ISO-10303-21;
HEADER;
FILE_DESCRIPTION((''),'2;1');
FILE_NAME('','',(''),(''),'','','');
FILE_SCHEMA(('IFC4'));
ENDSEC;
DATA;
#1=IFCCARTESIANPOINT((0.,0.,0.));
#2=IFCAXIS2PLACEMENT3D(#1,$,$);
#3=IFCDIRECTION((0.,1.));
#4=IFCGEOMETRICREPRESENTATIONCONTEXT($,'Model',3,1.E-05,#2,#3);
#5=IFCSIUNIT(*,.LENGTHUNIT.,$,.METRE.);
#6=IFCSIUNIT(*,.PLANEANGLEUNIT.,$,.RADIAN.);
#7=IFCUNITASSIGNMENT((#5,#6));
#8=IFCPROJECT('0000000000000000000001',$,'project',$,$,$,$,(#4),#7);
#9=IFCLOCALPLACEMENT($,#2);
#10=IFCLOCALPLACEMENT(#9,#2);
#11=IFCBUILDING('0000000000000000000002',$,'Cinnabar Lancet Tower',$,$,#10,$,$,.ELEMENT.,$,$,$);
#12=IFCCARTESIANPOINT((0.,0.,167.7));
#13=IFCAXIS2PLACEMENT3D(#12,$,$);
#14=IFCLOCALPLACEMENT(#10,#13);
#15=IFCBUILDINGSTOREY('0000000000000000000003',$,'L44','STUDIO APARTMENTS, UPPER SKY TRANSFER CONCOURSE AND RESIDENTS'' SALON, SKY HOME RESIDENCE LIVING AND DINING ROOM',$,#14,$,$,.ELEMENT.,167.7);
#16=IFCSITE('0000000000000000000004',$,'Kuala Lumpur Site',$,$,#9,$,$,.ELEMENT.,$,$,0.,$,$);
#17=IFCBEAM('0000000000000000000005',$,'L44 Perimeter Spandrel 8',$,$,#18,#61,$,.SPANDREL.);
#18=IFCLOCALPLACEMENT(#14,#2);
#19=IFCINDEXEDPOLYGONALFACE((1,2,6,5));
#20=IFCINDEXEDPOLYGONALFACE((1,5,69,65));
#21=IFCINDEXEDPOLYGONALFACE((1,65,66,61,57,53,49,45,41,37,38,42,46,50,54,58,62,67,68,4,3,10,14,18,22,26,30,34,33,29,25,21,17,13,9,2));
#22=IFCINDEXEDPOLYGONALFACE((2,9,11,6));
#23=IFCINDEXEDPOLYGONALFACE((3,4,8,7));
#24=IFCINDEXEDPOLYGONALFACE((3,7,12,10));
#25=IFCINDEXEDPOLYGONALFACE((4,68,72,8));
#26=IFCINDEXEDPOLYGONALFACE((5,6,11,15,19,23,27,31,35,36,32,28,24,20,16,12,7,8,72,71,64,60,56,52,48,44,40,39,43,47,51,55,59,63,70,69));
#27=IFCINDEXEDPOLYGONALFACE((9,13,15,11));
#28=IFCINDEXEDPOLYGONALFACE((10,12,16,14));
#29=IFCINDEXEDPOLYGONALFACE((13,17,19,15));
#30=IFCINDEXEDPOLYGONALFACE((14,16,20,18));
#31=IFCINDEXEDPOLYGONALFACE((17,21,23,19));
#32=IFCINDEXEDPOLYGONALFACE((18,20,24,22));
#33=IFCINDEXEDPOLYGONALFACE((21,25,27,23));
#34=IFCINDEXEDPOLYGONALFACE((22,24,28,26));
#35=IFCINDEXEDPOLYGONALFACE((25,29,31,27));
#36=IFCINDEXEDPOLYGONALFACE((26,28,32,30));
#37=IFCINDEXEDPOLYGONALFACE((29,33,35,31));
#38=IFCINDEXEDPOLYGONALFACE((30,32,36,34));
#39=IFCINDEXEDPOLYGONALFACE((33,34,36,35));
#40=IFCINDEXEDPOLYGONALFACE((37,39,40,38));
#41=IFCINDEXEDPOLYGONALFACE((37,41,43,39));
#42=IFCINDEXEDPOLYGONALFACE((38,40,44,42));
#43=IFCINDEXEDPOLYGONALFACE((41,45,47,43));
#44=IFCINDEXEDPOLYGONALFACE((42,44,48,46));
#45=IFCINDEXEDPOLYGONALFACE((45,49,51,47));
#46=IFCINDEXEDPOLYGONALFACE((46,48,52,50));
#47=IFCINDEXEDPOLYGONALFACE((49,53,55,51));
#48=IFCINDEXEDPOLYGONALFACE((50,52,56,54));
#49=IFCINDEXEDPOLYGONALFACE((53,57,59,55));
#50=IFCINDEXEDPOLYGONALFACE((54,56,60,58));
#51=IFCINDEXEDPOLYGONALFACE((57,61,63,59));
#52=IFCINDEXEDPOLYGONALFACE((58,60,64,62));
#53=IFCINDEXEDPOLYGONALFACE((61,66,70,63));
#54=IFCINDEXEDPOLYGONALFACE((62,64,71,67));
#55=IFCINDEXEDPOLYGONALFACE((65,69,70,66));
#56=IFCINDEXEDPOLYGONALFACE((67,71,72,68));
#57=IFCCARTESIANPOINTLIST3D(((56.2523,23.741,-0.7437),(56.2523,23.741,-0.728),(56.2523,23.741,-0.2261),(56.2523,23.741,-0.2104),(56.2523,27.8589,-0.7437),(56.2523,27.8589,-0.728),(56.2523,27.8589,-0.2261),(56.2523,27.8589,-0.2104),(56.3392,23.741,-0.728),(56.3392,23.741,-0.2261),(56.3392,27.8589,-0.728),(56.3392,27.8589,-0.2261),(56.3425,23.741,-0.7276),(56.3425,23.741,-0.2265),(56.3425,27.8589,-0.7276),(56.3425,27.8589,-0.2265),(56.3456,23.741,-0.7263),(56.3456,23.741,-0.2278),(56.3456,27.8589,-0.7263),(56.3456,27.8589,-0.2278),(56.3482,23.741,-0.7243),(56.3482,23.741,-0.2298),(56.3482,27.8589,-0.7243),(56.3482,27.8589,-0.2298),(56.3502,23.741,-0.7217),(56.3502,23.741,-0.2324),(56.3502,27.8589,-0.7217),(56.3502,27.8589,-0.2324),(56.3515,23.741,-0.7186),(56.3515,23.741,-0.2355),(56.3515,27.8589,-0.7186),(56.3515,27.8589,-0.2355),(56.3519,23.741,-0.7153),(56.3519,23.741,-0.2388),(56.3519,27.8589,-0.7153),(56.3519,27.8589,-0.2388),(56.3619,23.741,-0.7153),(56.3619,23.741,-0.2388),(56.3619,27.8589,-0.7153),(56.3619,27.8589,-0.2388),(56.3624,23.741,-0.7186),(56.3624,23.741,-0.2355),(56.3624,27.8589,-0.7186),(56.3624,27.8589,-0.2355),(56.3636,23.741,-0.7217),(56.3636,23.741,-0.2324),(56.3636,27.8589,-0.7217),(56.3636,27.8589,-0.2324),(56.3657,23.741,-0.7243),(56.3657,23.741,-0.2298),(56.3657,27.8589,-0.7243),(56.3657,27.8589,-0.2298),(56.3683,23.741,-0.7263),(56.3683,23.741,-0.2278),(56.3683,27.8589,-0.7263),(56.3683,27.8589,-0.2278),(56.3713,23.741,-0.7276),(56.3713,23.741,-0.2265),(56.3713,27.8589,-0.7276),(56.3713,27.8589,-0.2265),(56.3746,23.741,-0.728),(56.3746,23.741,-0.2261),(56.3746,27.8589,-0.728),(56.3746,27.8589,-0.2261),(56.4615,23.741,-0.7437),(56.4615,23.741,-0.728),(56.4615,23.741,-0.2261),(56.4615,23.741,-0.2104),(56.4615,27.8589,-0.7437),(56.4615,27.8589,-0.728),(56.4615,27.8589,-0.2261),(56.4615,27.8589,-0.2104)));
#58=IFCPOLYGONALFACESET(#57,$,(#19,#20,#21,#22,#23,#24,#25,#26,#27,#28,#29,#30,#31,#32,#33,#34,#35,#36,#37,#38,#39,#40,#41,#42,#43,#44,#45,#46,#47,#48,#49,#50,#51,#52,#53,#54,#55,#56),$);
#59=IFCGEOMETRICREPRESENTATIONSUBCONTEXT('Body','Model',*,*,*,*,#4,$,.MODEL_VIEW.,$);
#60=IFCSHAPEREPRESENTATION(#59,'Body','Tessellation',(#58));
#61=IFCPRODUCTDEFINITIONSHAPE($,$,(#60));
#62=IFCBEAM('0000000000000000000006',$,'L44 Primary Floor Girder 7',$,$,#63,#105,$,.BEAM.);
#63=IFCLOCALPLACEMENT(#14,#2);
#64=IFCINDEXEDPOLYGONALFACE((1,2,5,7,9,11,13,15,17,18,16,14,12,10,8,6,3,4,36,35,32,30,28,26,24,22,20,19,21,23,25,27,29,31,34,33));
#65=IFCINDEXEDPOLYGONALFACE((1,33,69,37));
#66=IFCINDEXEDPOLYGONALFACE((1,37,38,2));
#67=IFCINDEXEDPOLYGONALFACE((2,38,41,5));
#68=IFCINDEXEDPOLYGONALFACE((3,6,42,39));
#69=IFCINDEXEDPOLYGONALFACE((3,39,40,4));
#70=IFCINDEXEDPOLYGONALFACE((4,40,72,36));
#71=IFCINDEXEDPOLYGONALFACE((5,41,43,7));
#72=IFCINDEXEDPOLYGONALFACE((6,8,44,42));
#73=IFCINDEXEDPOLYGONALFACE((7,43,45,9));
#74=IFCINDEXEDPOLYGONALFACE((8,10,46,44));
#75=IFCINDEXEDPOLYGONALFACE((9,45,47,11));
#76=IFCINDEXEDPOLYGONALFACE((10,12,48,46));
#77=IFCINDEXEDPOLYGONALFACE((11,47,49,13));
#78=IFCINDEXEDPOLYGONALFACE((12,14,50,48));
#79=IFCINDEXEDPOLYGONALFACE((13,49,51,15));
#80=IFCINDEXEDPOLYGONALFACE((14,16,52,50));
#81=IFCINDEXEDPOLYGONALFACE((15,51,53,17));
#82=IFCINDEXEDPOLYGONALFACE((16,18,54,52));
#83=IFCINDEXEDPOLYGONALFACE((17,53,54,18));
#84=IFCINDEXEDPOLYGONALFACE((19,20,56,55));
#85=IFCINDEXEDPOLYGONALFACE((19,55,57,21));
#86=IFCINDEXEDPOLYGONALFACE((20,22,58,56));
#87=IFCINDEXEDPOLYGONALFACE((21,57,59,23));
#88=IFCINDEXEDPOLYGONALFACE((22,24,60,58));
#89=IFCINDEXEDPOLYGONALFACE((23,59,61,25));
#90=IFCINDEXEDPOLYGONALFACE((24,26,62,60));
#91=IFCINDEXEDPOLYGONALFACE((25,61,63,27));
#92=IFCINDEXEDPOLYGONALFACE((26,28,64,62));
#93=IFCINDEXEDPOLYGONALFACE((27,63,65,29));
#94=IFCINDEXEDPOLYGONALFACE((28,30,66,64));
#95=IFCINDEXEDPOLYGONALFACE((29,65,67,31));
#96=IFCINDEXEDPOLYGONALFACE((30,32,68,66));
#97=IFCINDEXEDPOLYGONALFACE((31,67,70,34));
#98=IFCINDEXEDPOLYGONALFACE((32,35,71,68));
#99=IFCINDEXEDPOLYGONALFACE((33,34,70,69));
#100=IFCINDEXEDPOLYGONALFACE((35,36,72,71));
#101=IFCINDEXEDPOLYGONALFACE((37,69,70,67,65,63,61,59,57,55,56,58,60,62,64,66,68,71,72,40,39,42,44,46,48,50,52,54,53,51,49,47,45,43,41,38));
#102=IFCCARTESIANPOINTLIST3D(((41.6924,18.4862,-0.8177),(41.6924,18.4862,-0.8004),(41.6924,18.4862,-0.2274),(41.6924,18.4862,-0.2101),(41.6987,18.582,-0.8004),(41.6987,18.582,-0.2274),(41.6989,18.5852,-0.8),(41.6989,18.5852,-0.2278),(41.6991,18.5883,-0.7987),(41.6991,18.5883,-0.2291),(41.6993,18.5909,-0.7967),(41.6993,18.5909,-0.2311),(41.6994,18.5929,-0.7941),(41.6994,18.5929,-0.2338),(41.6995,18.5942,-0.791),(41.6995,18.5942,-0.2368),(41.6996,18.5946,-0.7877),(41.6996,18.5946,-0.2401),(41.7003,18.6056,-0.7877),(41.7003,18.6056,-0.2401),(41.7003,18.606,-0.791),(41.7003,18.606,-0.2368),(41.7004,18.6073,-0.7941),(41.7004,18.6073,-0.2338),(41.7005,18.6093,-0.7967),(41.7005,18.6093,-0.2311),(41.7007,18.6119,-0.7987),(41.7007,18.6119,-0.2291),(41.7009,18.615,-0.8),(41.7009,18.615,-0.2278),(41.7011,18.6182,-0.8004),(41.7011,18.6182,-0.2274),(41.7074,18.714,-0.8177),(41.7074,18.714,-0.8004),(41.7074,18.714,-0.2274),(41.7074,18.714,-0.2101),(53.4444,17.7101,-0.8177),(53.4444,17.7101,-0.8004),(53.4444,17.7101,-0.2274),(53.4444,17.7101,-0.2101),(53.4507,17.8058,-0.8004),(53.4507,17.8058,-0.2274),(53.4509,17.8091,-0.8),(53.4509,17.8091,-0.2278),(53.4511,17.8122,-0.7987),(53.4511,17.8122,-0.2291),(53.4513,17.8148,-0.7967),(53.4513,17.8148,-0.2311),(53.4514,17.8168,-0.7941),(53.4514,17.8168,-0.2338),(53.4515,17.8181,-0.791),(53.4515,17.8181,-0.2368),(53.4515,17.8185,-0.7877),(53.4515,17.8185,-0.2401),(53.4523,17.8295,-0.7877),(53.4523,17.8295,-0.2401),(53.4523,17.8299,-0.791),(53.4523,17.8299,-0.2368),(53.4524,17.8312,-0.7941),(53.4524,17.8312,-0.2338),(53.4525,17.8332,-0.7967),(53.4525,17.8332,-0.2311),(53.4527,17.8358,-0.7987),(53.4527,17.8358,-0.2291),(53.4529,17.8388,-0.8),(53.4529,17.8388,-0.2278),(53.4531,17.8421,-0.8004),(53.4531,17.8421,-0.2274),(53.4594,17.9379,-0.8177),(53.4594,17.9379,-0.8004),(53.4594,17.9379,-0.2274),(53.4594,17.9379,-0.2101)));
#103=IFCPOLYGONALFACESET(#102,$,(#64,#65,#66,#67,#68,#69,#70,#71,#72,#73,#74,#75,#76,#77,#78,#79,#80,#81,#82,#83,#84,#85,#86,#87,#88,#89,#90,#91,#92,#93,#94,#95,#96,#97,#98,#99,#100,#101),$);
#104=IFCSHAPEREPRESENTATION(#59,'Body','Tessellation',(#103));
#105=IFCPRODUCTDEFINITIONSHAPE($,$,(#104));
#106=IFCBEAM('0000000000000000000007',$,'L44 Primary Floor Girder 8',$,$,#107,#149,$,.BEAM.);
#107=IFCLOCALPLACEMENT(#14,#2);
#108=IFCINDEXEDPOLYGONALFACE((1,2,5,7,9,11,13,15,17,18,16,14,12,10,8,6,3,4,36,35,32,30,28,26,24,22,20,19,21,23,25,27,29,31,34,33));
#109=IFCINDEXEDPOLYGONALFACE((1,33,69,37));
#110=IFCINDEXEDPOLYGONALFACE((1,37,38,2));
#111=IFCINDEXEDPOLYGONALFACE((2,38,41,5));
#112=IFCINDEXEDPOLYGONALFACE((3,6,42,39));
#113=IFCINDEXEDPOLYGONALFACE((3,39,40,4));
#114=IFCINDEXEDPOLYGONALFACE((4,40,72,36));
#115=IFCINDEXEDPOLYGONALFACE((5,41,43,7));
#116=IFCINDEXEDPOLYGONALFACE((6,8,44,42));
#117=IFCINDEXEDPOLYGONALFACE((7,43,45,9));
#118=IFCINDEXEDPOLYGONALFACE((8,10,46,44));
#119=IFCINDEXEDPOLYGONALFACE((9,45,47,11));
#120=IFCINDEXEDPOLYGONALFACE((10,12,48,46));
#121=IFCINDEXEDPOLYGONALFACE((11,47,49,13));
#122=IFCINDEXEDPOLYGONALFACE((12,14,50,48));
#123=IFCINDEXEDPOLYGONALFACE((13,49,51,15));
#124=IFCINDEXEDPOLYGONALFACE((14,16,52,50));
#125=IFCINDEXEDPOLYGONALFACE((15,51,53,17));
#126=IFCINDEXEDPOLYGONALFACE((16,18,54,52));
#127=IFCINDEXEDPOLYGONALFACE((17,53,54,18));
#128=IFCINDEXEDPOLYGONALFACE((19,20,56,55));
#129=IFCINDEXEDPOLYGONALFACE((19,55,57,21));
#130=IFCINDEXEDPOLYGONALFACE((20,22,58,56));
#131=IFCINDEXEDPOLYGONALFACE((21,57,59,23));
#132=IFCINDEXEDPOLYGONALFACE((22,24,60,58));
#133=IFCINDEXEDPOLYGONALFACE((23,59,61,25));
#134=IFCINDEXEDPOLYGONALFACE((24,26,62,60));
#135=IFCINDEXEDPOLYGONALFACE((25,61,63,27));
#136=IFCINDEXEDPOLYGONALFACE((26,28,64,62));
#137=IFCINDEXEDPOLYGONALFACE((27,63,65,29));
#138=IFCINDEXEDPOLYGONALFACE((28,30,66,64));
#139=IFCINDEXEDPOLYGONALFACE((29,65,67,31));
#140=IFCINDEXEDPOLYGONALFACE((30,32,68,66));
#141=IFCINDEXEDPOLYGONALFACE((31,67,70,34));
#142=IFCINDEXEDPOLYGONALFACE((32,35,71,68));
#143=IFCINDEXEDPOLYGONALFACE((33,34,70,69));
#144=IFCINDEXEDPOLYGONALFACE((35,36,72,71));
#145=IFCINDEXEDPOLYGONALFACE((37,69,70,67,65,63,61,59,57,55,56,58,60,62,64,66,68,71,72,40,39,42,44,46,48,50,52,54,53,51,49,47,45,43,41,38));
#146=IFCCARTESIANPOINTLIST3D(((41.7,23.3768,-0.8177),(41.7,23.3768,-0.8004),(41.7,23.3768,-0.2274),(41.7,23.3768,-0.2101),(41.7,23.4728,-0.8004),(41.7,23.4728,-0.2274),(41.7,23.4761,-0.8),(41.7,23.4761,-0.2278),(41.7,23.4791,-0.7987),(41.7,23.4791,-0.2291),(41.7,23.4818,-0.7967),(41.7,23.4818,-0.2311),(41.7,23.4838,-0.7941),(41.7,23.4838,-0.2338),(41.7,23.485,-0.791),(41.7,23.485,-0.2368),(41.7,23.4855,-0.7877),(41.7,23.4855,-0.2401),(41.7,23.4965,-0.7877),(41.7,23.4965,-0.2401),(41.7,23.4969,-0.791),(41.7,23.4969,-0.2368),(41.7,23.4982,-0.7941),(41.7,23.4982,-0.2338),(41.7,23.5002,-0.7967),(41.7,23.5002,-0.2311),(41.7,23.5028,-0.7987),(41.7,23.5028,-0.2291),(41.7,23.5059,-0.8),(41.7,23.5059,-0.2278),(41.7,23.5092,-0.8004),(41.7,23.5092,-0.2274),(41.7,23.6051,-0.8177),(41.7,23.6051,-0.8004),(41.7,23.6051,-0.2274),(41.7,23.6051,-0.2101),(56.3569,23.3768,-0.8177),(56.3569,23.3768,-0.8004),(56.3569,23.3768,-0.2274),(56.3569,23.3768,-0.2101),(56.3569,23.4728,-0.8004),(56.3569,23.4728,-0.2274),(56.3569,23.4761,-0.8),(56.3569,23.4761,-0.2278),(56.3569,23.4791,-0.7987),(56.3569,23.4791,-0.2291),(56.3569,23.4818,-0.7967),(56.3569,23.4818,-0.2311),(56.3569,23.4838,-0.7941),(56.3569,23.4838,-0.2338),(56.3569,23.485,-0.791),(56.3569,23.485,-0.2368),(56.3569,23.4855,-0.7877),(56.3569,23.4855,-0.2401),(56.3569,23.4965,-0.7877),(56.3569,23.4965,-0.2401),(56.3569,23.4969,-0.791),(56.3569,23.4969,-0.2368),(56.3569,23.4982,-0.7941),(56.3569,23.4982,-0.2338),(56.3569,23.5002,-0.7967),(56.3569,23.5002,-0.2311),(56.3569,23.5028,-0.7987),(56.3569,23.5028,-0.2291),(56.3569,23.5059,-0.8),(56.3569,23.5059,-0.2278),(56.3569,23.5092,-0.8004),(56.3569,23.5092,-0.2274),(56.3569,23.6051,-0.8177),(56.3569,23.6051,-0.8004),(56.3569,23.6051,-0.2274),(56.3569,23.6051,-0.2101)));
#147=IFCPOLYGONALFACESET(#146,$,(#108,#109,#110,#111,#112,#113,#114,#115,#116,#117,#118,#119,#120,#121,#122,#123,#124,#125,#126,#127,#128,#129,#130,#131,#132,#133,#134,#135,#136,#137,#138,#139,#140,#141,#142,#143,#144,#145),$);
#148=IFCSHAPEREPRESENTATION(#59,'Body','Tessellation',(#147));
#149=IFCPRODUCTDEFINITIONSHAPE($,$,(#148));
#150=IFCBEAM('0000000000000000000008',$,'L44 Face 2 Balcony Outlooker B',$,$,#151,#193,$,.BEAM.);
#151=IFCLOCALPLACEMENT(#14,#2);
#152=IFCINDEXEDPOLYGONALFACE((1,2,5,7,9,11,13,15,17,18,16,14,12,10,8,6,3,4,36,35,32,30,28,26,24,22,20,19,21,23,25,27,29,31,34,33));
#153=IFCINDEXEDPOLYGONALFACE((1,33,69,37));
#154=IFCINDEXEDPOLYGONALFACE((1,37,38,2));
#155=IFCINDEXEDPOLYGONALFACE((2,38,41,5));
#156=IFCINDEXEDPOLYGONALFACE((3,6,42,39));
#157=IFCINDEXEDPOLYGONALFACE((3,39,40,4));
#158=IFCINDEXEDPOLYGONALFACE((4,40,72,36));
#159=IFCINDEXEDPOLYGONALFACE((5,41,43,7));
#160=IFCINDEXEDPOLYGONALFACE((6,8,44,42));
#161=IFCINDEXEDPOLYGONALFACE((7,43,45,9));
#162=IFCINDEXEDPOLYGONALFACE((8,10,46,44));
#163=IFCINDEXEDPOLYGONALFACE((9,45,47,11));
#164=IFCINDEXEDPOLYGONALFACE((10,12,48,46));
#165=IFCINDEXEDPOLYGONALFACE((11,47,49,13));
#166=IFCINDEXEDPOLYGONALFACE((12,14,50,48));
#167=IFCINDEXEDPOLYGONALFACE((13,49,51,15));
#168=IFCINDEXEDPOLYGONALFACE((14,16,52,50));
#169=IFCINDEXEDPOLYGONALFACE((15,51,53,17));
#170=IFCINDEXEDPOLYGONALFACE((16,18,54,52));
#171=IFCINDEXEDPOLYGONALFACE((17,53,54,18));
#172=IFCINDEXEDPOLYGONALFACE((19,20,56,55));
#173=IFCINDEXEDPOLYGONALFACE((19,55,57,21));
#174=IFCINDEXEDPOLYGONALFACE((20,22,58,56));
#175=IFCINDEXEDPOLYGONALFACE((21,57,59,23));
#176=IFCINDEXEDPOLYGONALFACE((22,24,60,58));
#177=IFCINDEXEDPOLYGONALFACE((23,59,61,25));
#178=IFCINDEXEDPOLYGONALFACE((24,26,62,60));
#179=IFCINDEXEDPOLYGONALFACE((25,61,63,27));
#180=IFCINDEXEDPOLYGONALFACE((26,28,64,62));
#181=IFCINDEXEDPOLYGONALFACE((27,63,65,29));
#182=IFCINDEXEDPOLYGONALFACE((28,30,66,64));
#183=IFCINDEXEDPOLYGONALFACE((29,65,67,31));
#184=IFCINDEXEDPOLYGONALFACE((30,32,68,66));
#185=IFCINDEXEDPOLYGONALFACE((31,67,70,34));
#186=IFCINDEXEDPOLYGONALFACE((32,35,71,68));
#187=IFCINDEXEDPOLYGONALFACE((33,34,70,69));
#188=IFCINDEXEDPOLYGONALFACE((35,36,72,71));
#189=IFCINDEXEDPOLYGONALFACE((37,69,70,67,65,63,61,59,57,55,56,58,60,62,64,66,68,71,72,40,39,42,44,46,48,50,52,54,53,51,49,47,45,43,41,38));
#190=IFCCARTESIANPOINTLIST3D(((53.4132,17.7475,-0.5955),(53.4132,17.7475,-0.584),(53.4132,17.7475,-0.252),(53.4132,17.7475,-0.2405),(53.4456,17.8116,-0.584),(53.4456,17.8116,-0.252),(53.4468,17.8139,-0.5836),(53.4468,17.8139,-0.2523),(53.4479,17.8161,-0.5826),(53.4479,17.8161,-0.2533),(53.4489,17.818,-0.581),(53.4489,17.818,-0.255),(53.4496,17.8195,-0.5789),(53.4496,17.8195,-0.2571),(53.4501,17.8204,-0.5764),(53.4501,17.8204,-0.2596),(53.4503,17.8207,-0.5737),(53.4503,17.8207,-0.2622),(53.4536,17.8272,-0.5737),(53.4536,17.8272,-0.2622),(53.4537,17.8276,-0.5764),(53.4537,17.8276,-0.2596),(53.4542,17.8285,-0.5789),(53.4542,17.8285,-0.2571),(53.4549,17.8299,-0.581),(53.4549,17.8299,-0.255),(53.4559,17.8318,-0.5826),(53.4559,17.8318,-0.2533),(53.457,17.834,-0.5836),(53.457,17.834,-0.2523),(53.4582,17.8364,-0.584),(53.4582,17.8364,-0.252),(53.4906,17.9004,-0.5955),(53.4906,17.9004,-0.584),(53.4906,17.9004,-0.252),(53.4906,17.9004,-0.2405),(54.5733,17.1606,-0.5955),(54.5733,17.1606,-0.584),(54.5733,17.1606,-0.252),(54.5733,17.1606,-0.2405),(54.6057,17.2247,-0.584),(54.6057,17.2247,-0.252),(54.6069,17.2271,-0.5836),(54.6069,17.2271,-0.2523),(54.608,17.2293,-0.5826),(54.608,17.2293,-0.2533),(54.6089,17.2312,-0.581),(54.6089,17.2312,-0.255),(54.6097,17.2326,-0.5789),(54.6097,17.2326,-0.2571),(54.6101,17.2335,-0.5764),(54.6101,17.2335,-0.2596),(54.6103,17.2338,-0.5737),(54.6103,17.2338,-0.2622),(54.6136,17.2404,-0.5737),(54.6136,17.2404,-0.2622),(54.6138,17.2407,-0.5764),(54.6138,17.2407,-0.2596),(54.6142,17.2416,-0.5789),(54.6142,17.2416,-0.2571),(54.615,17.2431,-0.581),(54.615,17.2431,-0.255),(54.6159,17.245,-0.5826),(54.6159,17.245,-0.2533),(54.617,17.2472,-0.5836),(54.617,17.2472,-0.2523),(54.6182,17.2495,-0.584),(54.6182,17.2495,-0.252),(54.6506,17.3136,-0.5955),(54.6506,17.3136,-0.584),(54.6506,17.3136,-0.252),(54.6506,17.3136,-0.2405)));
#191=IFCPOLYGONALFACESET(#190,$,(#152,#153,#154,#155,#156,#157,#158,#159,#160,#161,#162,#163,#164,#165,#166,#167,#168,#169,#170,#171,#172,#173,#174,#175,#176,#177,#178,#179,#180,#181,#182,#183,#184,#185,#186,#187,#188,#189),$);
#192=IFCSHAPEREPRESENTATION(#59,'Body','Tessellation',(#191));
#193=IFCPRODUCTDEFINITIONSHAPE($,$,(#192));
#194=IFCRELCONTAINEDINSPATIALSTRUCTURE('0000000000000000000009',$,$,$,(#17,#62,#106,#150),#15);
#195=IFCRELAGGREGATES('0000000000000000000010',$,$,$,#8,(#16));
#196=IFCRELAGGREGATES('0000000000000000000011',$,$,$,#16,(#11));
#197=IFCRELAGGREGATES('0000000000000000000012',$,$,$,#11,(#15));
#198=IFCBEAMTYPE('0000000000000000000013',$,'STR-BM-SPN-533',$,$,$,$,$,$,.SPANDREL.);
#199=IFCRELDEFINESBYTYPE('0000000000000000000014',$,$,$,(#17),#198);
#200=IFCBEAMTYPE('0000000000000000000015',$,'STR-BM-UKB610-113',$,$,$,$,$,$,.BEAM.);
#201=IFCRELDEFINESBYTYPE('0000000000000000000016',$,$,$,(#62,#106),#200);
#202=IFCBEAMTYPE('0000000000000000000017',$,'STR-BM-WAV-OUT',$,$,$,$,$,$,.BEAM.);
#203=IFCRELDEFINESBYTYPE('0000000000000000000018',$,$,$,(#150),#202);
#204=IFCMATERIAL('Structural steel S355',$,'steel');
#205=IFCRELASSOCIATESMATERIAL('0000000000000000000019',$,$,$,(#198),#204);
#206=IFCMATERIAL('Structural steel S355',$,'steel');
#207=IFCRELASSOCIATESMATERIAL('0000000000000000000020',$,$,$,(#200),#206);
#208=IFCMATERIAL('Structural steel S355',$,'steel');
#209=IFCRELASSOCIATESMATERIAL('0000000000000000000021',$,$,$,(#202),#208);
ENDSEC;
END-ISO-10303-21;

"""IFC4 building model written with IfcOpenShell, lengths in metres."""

from ifc_helpers import new_model, si_unit, direction, frame, origin, origin_2d, place, context, subcontext, project, spatial, i_section, extrude, material, material_profile, profile_set, type_object, element, save


model = new_model("IFC4")

# Units and contexts
model_context = context("Model", 3, precision=1e-05, world=origin(), true_north=direction((0.0, 1.0)))
body_context = subcontext(model_context, "Body", "Model", "MODEL_VIEW")
ifc_project = project(units=[si_unit("LENGTHUNIT", "METRE"), si_unit("PLANEANGLEUNIT", "RADIAN")], contexts=[model_context])

# Site, building, storey
site_placement = place(None, origin())
site = spatial("IfcSite", under=ifc_project, at=site_placement, Name="Kuala Lumpur Site", CompositionType="ELEMENT", RefElevation=0.0)
building_placement = place(site_placement, origin())
building = spatial("IfcBuilding", under=site, at=building_placement, Name="Cinnabar Lancet Tower", CompositionType="ELEMENT")
storey_placement = place(building_placement, frame((0.0, 0.0, 167.7)))
storey = spatial("IfcBuildingStorey", under=building, at=storey_placement, Name="L44", Description="STUDIO APARTMENTS, UPPER SKY TRANSFER CONCOURSE AND RESIDENTS' SALON, SKY HOME RESIDENCE LIVING AND DINING ROOM", CompositionType="ELEMENT", Elevation=167.7)

# Beams
ifc_material_1 = material(Name="Structural steel S355", Category="steel")
ifc_material_profile_1 = material_profile(ifc_material_1, i_section(OverallWidth=0.2092, OverallDepth=0.5332, WebThickness=0.01, FlangeThickness=0.0156, FilletRadius=0.0127, at=origin_2d()), Name="UKB 533x210x92")
ifc_profile_set_1 = profile_set([ifc_material_profile_1], Name="Structural steel S355")
beam_type_1 = type_object("IfcBeamType", Name="STR-BM-SPN-533", PredefinedType="SPANDREL", material=ifc_profile_set_1)
beam_1_placement = place(storey_placement, frame((56.3569, 23.741, -0.4771), z_axis=(0.0, 1.0, 0.0), x_axis=(-1.0, 0.0, 0.0)))
element("IfcBeam", 1, at=beam_1_placement, inside=storey, type_object=beam_type_1, Name="L44 Perimeter Spandrel 8", PredefinedType="SPANDREL", context=body_context, shape_type="SweptSolid", body=[
    extrude(i_section(OverallWidth=0.2092, OverallDepth=0.5332, WebThickness=0.01, FlangeThickness=0.0156, FilletRadius=0.0127, at=origin_2d()), origin(), (0.0, 0.0, 1.0), 4.1179),
])
ifc_material_2 = material(Name="Structural steel S355", Category="steel")
ifc_material_profile_2 = material_profile(ifc_material_2, i_section(OverallWidth=0.2283, OverallDepth=0.6077, WebThickness=0.011, FlangeThickness=0.0173, FilletRadius=0.0127, at=origin_2d()), Name="UKB 610x229x113")
ifc_profile_set_2 = profile_set([ifc_material_profile_2], Name="Structural steel S355")
beam_type_2 = type_object("IfcBeamType", Name="STR-BM-UKB610-113", PredefinedType="BEAM", material=ifc_profile_set_2)
beam_2_placement = place(storey_placement, frame((53.4519, 17.824, -0.5139), z_axis=(-0.997826, 0.065898, 0.0), x_axis=(-0.065898, -0.997826, 0.0)))
element("IfcBeam", 2, at=beam_2_placement, inside=storey, type_object=beam_type_2, Name="L44 Primary Floor Girder 7", PredefinedType="BEAM", context=body_context, shape_type="SweptSolid", body=[
    extrude(i_section(OverallWidth=0.2283, OverallDepth=0.6077, WebThickness=0.011, FlangeThickness=0.0173, FilletRadius=0.0127, at=origin_2d()), origin(), (0.0, 0.0, 1.0), 11.7776),
])
beam_3_placement = place(storey_placement, frame((56.3569, 23.491, -0.5139), z_axis=(-1.0, 0.0, 0.0), x_axis=(0.0, -1.0, 0.0)))
element("IfcBeam", 3, at=beam_3_placement, inside=storey, type_object=beam_type_2, Name="L44 Primary Floor Girder 8", PredefinedType="BEAM", context=body_context, shape_type="SweptSolid", body=[
    extrude(i_section(OverallWidth=0.2283, OverallDepth=0.6077, WebThickness=0.011, FlangeThickness=0.0173, FilletRadius=0.0127, at=origin_2d()), origin(), (0.0, 0.0, 1.0), 14.657),
])
ifc_material_3 = material(Name="Structural steel S355", Category="steel")
ifc_material_profile_3 = material_profile(ifc_material_3, i_section(OverallWidth=0.1714, OverallDepth=0.355, WebThickness=0.0073, FlangeThickness=0.0115, FilletRadius=0.0103, at=origin_2d()), Name="UKB 356x171x51")
ifc_profile_set_3 = profile_set([ifc_material_profile_3], Name="Structural steel S355")
beam_type_3 = type_object("IfcBeamType", Name="STR-BM-WAV-OUT", PredefinedType="BEAM", material=ifc_profile_set_3)
beam_4_placement = place(storey_placement, frame((53.4519, 17.824, -0.418), z_axis=(0.892314, -0.451415, 0.0), x_axis=(0.451415, 0.892314, 0.0)))
element("IfcBeam", 4, at=beam_4_placement, inside=storey, type_object=beam_type_3, Name="L44 Face 2 Balcony Outlooker B", PredefinedType="BEAM", context=body_context, shape_type="SweptSolid", body=[
    extrude(i_section(OverallWidth=0.1714, OverallDepth=0.355, WebThickness=0.0073, FlangeThickness=0.0115, FilletRadius=0.0103, at=origin_2d()), origin(), (0.0, 0.0, 1.0), 1.3),
])

save(model, "model.ifc")
